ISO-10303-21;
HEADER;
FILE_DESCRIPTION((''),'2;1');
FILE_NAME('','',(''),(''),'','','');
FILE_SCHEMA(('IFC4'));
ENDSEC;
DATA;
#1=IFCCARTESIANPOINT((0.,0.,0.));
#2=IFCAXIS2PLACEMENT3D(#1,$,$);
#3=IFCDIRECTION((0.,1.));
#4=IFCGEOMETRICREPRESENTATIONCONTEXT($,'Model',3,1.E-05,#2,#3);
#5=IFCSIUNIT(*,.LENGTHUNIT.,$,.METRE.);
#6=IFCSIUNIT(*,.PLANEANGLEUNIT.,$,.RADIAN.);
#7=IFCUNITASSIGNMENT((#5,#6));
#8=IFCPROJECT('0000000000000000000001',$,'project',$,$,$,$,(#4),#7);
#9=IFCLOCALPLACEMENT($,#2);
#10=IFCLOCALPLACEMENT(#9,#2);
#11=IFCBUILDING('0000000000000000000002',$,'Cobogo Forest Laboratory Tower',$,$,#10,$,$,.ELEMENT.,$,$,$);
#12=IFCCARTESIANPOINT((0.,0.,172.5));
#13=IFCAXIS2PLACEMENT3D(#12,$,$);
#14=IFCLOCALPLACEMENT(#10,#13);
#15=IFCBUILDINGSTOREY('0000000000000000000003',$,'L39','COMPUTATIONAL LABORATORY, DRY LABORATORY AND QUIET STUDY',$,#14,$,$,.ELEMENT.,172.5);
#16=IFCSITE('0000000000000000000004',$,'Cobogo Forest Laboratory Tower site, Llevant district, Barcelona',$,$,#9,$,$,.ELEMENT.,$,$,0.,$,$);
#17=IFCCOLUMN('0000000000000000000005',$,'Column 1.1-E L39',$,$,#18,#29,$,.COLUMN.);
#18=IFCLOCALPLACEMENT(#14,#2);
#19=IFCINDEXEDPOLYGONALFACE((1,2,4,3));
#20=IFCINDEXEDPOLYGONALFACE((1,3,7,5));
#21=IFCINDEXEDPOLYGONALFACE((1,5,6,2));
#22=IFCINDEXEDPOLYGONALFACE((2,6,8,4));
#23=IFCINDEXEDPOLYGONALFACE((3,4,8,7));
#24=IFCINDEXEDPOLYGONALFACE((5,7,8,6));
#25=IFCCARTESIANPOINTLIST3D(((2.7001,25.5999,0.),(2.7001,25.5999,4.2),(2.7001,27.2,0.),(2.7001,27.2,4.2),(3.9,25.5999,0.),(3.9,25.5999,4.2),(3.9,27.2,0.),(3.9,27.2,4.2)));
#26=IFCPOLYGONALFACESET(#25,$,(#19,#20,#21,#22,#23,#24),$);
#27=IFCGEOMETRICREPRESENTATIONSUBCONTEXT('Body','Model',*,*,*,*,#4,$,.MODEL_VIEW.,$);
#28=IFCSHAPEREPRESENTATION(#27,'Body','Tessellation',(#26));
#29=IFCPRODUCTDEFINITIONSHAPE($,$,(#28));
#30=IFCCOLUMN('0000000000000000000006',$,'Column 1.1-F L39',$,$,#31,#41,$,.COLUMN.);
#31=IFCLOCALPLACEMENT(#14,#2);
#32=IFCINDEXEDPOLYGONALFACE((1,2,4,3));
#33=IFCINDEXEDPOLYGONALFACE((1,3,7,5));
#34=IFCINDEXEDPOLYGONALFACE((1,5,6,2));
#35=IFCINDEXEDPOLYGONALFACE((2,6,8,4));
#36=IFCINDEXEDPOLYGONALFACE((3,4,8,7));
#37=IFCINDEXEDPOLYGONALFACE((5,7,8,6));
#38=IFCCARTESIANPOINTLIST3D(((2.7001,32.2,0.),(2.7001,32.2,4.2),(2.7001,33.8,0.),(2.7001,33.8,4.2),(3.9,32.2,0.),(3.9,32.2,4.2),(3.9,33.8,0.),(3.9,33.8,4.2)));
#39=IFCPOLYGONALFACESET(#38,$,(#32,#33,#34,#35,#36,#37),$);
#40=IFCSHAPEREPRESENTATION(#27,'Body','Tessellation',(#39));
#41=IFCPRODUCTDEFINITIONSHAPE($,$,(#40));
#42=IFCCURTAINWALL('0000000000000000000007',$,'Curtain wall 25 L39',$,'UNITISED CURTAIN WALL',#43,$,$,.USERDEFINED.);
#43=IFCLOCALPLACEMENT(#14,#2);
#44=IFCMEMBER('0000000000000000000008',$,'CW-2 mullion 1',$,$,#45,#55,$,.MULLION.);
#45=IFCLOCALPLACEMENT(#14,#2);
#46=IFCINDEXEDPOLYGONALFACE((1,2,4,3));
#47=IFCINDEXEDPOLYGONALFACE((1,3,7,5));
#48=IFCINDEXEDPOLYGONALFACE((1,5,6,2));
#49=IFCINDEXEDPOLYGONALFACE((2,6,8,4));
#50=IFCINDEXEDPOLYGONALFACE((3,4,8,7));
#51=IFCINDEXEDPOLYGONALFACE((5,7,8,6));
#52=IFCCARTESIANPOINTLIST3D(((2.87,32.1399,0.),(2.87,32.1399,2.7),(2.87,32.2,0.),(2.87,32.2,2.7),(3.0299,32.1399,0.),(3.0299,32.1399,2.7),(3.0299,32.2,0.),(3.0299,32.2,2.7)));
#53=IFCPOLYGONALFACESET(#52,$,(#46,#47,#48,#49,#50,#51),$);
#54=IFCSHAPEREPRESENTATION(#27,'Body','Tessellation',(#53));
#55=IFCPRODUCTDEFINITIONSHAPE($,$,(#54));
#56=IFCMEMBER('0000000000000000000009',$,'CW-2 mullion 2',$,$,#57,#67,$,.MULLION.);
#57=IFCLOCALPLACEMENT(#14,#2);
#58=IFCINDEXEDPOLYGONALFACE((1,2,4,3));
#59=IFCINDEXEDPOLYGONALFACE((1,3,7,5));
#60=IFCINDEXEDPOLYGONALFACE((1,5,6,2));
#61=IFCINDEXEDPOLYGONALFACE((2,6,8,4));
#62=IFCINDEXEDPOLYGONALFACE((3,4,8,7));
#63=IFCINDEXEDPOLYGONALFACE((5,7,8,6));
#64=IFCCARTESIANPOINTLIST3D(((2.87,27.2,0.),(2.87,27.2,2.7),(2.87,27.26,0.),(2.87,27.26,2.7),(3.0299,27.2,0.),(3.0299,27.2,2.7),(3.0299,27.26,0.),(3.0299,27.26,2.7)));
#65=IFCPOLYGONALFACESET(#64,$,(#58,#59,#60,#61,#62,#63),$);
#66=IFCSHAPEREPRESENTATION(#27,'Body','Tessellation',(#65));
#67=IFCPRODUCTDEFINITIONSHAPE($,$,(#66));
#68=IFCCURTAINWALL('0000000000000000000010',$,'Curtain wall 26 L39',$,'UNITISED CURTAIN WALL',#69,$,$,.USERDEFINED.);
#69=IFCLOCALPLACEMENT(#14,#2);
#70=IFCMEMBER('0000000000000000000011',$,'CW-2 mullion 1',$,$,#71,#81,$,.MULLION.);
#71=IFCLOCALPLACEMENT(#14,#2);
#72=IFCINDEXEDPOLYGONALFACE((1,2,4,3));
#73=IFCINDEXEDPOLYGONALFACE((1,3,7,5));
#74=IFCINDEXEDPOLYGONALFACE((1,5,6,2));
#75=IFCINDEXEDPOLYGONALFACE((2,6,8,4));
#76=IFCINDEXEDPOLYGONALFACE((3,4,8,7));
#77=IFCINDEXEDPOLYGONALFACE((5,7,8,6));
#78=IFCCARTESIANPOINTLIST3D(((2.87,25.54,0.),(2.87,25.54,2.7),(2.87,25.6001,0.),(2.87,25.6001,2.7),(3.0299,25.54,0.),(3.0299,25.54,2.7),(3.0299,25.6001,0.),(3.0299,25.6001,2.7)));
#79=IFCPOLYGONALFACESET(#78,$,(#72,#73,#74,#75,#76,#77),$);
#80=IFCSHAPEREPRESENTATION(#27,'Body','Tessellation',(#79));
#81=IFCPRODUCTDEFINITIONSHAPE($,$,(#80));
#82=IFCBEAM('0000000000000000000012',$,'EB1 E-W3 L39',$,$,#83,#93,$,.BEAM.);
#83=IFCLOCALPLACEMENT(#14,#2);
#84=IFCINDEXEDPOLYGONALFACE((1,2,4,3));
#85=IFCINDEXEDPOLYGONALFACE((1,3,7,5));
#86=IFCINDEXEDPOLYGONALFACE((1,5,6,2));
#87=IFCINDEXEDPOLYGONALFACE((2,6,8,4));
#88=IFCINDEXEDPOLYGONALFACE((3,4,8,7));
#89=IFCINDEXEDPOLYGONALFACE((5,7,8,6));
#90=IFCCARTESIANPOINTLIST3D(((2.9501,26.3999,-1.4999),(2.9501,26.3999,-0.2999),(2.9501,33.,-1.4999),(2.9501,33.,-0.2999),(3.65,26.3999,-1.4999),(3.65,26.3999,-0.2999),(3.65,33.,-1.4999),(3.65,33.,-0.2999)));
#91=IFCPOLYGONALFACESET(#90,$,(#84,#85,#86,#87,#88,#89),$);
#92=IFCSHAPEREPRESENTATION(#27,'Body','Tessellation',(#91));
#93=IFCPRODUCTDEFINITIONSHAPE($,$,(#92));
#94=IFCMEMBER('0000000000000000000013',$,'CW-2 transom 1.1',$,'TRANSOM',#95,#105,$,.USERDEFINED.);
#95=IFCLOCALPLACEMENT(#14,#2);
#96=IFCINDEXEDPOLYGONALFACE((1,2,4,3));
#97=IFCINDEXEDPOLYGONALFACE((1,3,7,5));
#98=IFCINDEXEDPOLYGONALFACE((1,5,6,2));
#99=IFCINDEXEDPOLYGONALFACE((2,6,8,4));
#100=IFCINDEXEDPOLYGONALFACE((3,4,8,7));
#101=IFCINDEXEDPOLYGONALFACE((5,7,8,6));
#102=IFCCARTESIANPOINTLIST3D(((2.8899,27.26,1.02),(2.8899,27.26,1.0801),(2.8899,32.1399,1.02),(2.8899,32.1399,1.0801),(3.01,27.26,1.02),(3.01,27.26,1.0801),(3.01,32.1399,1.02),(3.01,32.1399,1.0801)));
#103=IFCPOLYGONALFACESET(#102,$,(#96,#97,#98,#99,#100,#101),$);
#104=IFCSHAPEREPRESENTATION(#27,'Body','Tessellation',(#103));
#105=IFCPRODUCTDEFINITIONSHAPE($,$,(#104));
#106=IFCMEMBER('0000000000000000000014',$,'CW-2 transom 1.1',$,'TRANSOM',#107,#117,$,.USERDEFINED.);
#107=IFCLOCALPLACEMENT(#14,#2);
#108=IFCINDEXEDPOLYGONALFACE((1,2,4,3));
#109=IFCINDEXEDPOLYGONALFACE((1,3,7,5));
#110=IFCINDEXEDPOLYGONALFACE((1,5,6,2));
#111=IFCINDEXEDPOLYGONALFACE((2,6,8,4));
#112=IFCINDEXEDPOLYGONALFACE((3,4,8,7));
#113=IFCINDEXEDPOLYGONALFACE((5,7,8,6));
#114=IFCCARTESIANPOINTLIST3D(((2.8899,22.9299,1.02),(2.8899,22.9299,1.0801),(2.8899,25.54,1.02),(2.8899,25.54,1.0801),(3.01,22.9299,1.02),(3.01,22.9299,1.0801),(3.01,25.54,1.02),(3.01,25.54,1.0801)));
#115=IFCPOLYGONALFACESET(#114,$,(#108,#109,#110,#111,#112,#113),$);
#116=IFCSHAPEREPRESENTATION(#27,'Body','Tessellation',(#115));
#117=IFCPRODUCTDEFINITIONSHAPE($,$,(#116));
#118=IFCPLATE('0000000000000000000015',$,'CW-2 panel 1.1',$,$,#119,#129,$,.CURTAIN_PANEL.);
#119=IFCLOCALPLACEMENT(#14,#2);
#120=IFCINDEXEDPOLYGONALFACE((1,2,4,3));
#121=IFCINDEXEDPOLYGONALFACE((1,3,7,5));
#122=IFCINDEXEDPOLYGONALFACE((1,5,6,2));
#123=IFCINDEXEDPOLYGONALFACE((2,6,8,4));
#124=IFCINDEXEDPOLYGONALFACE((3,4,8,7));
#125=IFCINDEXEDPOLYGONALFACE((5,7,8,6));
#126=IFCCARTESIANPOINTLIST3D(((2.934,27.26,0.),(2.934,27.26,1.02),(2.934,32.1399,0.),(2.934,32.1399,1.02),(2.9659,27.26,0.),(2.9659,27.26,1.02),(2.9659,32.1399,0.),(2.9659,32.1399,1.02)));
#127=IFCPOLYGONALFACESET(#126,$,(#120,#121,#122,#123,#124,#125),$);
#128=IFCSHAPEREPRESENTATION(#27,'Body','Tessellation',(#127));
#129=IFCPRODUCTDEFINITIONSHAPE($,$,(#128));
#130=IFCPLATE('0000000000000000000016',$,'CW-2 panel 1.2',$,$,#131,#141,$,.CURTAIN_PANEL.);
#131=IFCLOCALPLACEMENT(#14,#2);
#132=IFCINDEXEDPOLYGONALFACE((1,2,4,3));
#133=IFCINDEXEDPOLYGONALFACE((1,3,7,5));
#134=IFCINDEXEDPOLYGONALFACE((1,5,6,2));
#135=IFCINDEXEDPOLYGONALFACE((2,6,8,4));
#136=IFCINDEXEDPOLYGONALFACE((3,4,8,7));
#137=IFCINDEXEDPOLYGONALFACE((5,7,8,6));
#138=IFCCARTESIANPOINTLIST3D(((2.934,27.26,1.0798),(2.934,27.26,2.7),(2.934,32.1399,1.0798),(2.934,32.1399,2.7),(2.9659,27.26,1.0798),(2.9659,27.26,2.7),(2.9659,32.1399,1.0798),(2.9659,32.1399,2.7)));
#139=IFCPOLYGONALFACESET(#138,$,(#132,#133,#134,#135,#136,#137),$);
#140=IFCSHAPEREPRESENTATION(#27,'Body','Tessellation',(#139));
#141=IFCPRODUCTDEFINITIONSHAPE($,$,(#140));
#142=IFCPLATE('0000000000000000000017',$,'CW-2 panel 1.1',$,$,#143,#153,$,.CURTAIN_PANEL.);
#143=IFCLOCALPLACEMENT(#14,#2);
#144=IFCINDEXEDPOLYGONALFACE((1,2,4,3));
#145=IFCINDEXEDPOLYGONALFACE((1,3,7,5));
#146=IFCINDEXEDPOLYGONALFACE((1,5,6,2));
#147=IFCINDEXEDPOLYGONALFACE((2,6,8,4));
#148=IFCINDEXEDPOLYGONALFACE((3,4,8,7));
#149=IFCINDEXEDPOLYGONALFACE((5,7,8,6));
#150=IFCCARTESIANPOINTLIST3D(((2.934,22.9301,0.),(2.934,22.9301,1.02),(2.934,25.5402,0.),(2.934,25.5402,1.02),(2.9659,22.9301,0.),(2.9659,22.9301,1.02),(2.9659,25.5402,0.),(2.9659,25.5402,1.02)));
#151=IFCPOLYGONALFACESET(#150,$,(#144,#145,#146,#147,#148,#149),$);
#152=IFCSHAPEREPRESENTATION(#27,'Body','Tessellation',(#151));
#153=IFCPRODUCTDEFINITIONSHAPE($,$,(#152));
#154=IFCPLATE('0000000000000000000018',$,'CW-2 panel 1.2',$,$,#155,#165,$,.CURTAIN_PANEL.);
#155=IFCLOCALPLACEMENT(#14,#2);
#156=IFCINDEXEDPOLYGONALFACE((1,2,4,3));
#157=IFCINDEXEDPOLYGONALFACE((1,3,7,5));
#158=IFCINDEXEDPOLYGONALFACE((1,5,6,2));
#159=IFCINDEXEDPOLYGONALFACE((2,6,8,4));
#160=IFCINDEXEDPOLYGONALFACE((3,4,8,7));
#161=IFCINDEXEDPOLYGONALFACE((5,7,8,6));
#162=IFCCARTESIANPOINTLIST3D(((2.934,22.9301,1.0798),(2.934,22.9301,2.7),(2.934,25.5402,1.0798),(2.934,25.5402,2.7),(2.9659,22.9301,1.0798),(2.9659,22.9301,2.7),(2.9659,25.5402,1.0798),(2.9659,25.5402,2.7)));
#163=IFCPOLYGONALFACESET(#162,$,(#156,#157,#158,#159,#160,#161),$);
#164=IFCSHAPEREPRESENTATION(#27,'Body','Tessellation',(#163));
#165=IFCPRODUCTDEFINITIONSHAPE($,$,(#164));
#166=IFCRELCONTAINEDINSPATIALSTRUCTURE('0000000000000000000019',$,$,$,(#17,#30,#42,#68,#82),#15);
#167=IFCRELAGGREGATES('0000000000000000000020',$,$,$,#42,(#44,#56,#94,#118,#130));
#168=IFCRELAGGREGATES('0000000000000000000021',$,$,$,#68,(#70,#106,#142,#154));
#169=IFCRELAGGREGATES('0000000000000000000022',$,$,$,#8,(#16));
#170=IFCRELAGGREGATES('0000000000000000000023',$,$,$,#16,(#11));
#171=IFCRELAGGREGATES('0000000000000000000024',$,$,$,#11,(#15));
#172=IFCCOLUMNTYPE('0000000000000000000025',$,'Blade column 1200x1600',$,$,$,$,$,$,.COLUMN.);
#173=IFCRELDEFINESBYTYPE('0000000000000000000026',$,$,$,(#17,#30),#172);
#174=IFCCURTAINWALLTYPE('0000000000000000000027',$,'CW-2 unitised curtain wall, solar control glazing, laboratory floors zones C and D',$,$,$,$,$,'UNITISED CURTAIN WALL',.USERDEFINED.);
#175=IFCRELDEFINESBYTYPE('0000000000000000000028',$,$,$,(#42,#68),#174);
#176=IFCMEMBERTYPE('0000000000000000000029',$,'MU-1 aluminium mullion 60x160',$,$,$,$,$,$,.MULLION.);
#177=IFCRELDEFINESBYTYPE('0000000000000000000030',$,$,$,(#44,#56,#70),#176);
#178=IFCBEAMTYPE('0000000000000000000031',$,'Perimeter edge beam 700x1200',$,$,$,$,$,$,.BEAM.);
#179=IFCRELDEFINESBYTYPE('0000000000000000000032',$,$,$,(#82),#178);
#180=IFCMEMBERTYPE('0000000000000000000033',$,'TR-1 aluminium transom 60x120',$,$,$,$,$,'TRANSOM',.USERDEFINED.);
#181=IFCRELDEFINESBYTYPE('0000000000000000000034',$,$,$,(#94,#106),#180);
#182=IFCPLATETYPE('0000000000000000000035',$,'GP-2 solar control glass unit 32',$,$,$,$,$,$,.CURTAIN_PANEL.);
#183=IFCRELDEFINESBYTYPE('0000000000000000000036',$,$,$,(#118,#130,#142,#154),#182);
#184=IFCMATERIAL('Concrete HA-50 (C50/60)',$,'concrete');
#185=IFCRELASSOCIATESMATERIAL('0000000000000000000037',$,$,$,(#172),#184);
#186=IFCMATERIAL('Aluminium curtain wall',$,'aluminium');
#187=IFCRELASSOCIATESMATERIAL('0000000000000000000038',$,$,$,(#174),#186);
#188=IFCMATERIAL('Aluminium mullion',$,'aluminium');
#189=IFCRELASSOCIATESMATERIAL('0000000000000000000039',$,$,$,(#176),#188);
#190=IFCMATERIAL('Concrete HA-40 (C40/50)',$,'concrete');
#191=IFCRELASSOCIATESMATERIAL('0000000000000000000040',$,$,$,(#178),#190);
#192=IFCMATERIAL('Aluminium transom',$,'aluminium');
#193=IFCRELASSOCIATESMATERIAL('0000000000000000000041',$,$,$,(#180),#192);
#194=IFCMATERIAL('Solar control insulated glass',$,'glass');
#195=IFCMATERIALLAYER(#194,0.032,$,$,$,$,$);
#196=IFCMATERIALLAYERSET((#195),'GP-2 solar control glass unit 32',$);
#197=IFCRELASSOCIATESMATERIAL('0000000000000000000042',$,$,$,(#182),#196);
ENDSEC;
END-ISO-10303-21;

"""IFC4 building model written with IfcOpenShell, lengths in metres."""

from ifc_helpers import new_model, si_unit, direction, frame, origin, origin_2d, place, context, subcontext, project, spatial, rectangle, extrude, material, layer, layer_set, material_profile, profile_set, type_object, element, aggregate, save


model = new_model("IFC4")

# Units and contexts
model_context = context("Model", 3, precision=1e-05, world=origin(), true_north=direction((0.0, 1.0)))
body_context = subcontext(model_context, "Body", "Model", "MODEL_VIEW")
ifc_project = project(units=[si_unit("LENGTHUNIT", "METRE"), si_unit("PLANEANGLEUNIT", "RADIAN")], contexts=[model_context])

# Site, building, storey
site_placement = place(None, origin())
site = spatial("IfcSite", under=ifc_project, at=site_placement, Name="Cobogo Forest Laboratory Tower site, Llevant district, Barcelona", CompositionType="ELEMENT", RefElevation=0.0)
building_placement = place(site_placement, origin())
building = spatial("IfcBuilding", under=site, at=building_placement, Name="Cobogo Forest Laboratory Tower", CompositionType="ELEMENT")
storey_placement = place(building_placement, frame((0.0, 0.0, 172.5)))
storey = spatial("IfcBuildingStorey", under=building, at=storey_placement, Name="L39", Description="COMPUTATIONAL LABORATORY, DRY LABORATORY AND QUIET STUDY", CompositionType="ELEMENT", Elevation=172.5)

# Columns
ifc_material_1 = material(Name="Concrete HA-50 (C50/60)", Category="concrete")
ifc_material_profile_1 = material_profile(ifc_material_1, rectangle(XDim=1.6001, YDim=1.2, at=origin_2d()), Name="RC 1200x1600")
ifc_profile_set_1 = profile_set([ifc_material_profile_1], Name="Concrete HA-50 (C50/60)")
column_type = type_object("IfcColumnType", Name="Blade column 1200x1600", PredefinedType="COLUMN", material=ifc_profile_set_1)
for number, where, z_axis, x_axis, name in (
    (1, (3.3, 26.3999, 0.0), (0.0, 0.0, 1.0), (0.0, 1.0, 0.0), "Column 1.1-E L39"),
    (2, (3.3, 33.0, 0.0), (0.0, 0.0, 1.0), (0.0, 1.0, 0.0), "Column 1.1-F L39"),
):
    element("IfcColumn", number, at=place(storey_placement, frame(where, z_axis=z_axis, x_axis=x_axis)), inside=storey, type_object=column_type, Name=name, PredefinedType="COLUMN", context=body_context, shape_type="SweptSolid", body=[
        extrude(rectangle(XDim=1.6001, YDim=1.2, at=origin_2d()), origin(), (0.0, 0.0, 1.0), 4.2),
    ])

# Curtain wall, members
ifc_material_2 = material(Name="Aluminium curtain wall", Category="aluminium")
curtain_wall_type = type_object("IfcCurtainWallType", Name="CW-2 unitised curtain wall, solar control glazing, laboratory floors zones C and D", ElementType="UNITISED CURTAIN WALL", PredefinedType="USERDEFINED", material=ifc_material_2)
curtain_wall_1_placement = place(storey_placement, origin())
curtain_wall_1 = element("IfcCurtainWall", 3, at=curtain_wall_1_placement, inside=storey, type_object=curtain_wall_type, Name="Curtain wall 25 L39", ObjectType="UNITISED CURTAIN WALL", PredefinedType="USERDEFINED")
ifc_material_3 = material(Name="Aluminium mullion", Category="aluminium")
ifc_material_profile_2 = material_profile(ifc_material_3, rectangle(XDim=0.0601, YDim=0.1599, at=origin_2d()), Name="AL 60x160")
ifc_profile_set_2 = profile_set([ifc_material_profile_2], Name="Aluminium mullion")
member_type_1 = type_object("IfcMemberType", Name="MU-1 aluminium mullion 60x160", PredefinedType="MULLION", material=ifc_profile_set_2)
member_1_placement = place(storey_placement, frame((2.95, 32.1699, 0.0), z_axis=(0.0, 0.0, 1.0), x_axis=(0.0, -1.0, 0.0)))
member_1 = element("IfcMember", 4, at=member_1_placement, type_object=member_type_1, Name="CW-2 mullion 1", PredefinedType="MULLION", context=body_context, shape_type="SweptSolid", body=[
    extrude(rectangle(XDim=0.0601, YDim=0.1599, at=origin_2d()), origin(), (0.0, 0.0, 1.0), 2.7),
])
member_2_placement = place(storey_placement, frame((2.95, 27.23, 0.0), z_axis=(0.0, 0.0, 1.0), x_axis=(0.0, -1.0, 0.0)))
member_2 = element("IfcMember", 5, at=member_2_placement, type_object=member_type_1, Name="CW-2 mullion 2", PredefinedType="MULLION", context=body_context, shape_type="SweptSolid", body=[
    extrude(rectangle(XDim=0.0601, YDim=0.1599, at=origin_2d()), origin(), (0.0, 0.0, 1.0), 2.7),
])

# Curtain wall, member
curtain_wall_2_placement = place(storey_placement, origin())
curtain_wall_2 = element("IfcCurtainWall", 6, at=curtain_wall_2_placement, inside=storey, type_object=curtain_wall_type, Name="Curtain wall 26 L39", ObjectType="UNITISED CURTAIN WALL", PredefinedType="USERDEFINED")
member_3_placement = place(storey_placement, frame((2.95, 25.5701, 0.0), z_axis=(0.0, 0.0, 1.0), x_axis=(0.0, -1.0, 0.0)))
member_3 = element("IfcMember", 7, at=member_3_placement, type_object=member_type_1, Name="CW-2 mullion 1", PredefinedType="MULLION", context=body_context, shape_type="SweptSolid", body=[
    extrude(rectangle(XDim=0.0601, YDim=0.1599, at=origin_2d()), origin(), (0.0, 0.0, 1.0), 2.7),
])

# Beam
ifc_material_4 = material(Name="Concrete HA-40 (C40/50)", Category="concrete")
ifc_material_profile_3 = material_profile(ifc_material_4, rectangle(XDim=0.7, YDim=1.2, at=origin_2d()), Name="RC 700x1200")
ifc_profile_set_3 = profile_set([ifc_material_profile_3], Name="Concrete HA-40 (C40/50)")
beam_type = type_object("IfcBeamType", Name="Perimeter edge beam 700x1200", PredefinedType="BEAM", material=ifc_profile_set_3)
beam_placement = place(storey_placement, frame((3.3, 26.3999, -0.8999), z_axis=(0.0, 1.0, 0.0), x_axis=(-1.0, 0.0, 0.0)))
element("IfcBeam", 8, at=beam_placement, inside=storey, type_object=beam_type, Name="EB1 E-W3 L39", PredefinedType="BEAM", context=body_context, shape_type="SweptSolid", body=[
    extrude(rectangle(XDim=0.7, YDim=1.2, at=origin_2d()), origin(), (0.0, 0.0, 1.0), 6.6001),
])

# Members
ifc_material_5 = material(Name="Aluminium transom", Category="aluminium")
ifc_material_profile_4 = material_profile(ifc_material_5, rectangle(XDim=0.1201, YDim=0.0601, at=origin_2d()), Name="AL 60x120")
ifc_profile_set_4 = profile_set([ifc_material_profile_4], Name="Aluminium transom")
member_type_2 = type_object("IfcMemberType", Name="TR-1 aluminium transom 60x120", ElementType="TRANSOM", PredefinedType="USERDEFINED", material=ifc_profile_set_4)
member_4_placement = place(storey_placement, frame((2.95, 32.1399, 1.05), z_axis=(0.0, -1.0, 0.0), x_axis=(1.0, 0.0, 0.0)))
member_4 = element("IfcMember", 9, at=member_4_placement, type_object=member_type_2, Name="CW-2 transom 1.1", ObjectType="TRANSOM", PredefinedType="USERDEFINED", context=body_context, shape_type="SweptSolid", body=[
    extrude(rectangle(XDim=0.1201, YDim=0.0601, at=origin_2d()), origin(), (0.0, 0.0, 1.0), 4.8799),
])
member_5_placement = place(storey_placement, frame((2.95, 25.54, 1.05), z_axis=(0.0, -1.0, 0.0), x_axis=(1.0, 0.0, 0.0)))
member_5 = element("IfcMember", 10, at=member_5_placement, type_object=member_type_2, Name="CW-2 transom 1.1", ObjectType="TRANSOM", PredefinedType="USERDEFINED", context=body_context, shape_type="SweptSolid", body=[
    extrude(rectangle(XDim=0.1201, YDim=0.0601, at=origin_2d()), origin(), (0.0, 0.0, 1.0), 2.6101),
])

# Plates
ifc_material_6 = material(Name="Solar control insulated glass", Category="glass")
ifc_layer = layer(ifc_material_6, 0.032)
ifc_layer_set = layer_set([ifc_layer], Name="GP-2 solar control glass unit 32")
plate_type_1 = type_object("IfcPlateType", Name="GP-2 solar control glass unit 32", PredefinedType="CURTAIN_PANEL", material=ifc_layer_set)
plate_1_placement = place(storey_placement, frame((2.95, 29.7, 0.0), z_axis=(0.0, 0.0, 1.0), x_axis=(0.0, -1.0, 0.0)))
plate_1 = element("IfcPlate", 11, at=plate_1_placement, type_object=plate_type_1, Name="CW-2 panel 1.1", PredefinedType="CURTAIN_PANEL", context=body_context, shape_type="SweptSolid", body=[
    extrude(rectangle(XDim=4.8799, YDim=0.032, at=origin_2d()), origin(), (0.0, 0.0, 1.0), 1.02),
])
plate_2_placement = place(storey_placement, frame((2.95, 29.7, 1.0798), z_axis=(0.0, 0.0, 1.0), x_axis=(0.0, -1.0, 0.0)))
plate_2 = element("IfcPlate", 12, at=plate_2_placement, type_object=plate_type_1, Name="CW-2 panel 1.2", PredefinedType="CURTAIN_PANEL", context=body_context, shape_type="SweptSolid", body=[
    extrude(rectangle(XDim=4.8799, YDim=0.032, at=origin_2d()), origin(), (0.0, 0.0, 1.0), 1.6201),
])
aggregate(curtain_wall_1, [member_1, member_2, member_4, plate_1, plate_2])
plate_3_placement = place(storey_placement, frame((2.95, 24.2351, 0.0), z_axis=(0.0, 0.0, 1.0), x_axis=(0.0, -1.0, 0.0)))
plate_3 = element("IfcPlate", 13, at=plate_3_placement, type_object=plate_type_1, Name="CW-2 panel 1.1", PredefinedType="CURTAIN_PANEL", context=body_context, shape_type="SweptSolid", body=[
    extrude(rectangle(XDim=2.6101, YDim=0.032, at=origin_2d()), origin(), (0.0, 0.0, 1.0), 1.02),
])
plate_4_placement = place(storey_placement, frame((2.95, 24.2351, 1.0798), z_axis=(0.0, 0.0, 1.0), x_axis=(0.0, -1.0, 0.0)))
plate_4 = element("IfcPlate", 14, at=plate_4_placement, type_object=plate_type_1, Name="CW-2 panel 1.2", PredefinedType="CURTAIN_PANEL", context=body_context, shape_type="SweptSolid", body=[
    extrude(rectangle(XDim=2.6101, YDim=0.032, at=origin_2d()), origin(), (0.0, 0.0, 1.0), 1.6201),
])
aggregate(curtain_wall_2, [member_3, member_5, plate_3, plate_4])

save(model, "model.ifc")
